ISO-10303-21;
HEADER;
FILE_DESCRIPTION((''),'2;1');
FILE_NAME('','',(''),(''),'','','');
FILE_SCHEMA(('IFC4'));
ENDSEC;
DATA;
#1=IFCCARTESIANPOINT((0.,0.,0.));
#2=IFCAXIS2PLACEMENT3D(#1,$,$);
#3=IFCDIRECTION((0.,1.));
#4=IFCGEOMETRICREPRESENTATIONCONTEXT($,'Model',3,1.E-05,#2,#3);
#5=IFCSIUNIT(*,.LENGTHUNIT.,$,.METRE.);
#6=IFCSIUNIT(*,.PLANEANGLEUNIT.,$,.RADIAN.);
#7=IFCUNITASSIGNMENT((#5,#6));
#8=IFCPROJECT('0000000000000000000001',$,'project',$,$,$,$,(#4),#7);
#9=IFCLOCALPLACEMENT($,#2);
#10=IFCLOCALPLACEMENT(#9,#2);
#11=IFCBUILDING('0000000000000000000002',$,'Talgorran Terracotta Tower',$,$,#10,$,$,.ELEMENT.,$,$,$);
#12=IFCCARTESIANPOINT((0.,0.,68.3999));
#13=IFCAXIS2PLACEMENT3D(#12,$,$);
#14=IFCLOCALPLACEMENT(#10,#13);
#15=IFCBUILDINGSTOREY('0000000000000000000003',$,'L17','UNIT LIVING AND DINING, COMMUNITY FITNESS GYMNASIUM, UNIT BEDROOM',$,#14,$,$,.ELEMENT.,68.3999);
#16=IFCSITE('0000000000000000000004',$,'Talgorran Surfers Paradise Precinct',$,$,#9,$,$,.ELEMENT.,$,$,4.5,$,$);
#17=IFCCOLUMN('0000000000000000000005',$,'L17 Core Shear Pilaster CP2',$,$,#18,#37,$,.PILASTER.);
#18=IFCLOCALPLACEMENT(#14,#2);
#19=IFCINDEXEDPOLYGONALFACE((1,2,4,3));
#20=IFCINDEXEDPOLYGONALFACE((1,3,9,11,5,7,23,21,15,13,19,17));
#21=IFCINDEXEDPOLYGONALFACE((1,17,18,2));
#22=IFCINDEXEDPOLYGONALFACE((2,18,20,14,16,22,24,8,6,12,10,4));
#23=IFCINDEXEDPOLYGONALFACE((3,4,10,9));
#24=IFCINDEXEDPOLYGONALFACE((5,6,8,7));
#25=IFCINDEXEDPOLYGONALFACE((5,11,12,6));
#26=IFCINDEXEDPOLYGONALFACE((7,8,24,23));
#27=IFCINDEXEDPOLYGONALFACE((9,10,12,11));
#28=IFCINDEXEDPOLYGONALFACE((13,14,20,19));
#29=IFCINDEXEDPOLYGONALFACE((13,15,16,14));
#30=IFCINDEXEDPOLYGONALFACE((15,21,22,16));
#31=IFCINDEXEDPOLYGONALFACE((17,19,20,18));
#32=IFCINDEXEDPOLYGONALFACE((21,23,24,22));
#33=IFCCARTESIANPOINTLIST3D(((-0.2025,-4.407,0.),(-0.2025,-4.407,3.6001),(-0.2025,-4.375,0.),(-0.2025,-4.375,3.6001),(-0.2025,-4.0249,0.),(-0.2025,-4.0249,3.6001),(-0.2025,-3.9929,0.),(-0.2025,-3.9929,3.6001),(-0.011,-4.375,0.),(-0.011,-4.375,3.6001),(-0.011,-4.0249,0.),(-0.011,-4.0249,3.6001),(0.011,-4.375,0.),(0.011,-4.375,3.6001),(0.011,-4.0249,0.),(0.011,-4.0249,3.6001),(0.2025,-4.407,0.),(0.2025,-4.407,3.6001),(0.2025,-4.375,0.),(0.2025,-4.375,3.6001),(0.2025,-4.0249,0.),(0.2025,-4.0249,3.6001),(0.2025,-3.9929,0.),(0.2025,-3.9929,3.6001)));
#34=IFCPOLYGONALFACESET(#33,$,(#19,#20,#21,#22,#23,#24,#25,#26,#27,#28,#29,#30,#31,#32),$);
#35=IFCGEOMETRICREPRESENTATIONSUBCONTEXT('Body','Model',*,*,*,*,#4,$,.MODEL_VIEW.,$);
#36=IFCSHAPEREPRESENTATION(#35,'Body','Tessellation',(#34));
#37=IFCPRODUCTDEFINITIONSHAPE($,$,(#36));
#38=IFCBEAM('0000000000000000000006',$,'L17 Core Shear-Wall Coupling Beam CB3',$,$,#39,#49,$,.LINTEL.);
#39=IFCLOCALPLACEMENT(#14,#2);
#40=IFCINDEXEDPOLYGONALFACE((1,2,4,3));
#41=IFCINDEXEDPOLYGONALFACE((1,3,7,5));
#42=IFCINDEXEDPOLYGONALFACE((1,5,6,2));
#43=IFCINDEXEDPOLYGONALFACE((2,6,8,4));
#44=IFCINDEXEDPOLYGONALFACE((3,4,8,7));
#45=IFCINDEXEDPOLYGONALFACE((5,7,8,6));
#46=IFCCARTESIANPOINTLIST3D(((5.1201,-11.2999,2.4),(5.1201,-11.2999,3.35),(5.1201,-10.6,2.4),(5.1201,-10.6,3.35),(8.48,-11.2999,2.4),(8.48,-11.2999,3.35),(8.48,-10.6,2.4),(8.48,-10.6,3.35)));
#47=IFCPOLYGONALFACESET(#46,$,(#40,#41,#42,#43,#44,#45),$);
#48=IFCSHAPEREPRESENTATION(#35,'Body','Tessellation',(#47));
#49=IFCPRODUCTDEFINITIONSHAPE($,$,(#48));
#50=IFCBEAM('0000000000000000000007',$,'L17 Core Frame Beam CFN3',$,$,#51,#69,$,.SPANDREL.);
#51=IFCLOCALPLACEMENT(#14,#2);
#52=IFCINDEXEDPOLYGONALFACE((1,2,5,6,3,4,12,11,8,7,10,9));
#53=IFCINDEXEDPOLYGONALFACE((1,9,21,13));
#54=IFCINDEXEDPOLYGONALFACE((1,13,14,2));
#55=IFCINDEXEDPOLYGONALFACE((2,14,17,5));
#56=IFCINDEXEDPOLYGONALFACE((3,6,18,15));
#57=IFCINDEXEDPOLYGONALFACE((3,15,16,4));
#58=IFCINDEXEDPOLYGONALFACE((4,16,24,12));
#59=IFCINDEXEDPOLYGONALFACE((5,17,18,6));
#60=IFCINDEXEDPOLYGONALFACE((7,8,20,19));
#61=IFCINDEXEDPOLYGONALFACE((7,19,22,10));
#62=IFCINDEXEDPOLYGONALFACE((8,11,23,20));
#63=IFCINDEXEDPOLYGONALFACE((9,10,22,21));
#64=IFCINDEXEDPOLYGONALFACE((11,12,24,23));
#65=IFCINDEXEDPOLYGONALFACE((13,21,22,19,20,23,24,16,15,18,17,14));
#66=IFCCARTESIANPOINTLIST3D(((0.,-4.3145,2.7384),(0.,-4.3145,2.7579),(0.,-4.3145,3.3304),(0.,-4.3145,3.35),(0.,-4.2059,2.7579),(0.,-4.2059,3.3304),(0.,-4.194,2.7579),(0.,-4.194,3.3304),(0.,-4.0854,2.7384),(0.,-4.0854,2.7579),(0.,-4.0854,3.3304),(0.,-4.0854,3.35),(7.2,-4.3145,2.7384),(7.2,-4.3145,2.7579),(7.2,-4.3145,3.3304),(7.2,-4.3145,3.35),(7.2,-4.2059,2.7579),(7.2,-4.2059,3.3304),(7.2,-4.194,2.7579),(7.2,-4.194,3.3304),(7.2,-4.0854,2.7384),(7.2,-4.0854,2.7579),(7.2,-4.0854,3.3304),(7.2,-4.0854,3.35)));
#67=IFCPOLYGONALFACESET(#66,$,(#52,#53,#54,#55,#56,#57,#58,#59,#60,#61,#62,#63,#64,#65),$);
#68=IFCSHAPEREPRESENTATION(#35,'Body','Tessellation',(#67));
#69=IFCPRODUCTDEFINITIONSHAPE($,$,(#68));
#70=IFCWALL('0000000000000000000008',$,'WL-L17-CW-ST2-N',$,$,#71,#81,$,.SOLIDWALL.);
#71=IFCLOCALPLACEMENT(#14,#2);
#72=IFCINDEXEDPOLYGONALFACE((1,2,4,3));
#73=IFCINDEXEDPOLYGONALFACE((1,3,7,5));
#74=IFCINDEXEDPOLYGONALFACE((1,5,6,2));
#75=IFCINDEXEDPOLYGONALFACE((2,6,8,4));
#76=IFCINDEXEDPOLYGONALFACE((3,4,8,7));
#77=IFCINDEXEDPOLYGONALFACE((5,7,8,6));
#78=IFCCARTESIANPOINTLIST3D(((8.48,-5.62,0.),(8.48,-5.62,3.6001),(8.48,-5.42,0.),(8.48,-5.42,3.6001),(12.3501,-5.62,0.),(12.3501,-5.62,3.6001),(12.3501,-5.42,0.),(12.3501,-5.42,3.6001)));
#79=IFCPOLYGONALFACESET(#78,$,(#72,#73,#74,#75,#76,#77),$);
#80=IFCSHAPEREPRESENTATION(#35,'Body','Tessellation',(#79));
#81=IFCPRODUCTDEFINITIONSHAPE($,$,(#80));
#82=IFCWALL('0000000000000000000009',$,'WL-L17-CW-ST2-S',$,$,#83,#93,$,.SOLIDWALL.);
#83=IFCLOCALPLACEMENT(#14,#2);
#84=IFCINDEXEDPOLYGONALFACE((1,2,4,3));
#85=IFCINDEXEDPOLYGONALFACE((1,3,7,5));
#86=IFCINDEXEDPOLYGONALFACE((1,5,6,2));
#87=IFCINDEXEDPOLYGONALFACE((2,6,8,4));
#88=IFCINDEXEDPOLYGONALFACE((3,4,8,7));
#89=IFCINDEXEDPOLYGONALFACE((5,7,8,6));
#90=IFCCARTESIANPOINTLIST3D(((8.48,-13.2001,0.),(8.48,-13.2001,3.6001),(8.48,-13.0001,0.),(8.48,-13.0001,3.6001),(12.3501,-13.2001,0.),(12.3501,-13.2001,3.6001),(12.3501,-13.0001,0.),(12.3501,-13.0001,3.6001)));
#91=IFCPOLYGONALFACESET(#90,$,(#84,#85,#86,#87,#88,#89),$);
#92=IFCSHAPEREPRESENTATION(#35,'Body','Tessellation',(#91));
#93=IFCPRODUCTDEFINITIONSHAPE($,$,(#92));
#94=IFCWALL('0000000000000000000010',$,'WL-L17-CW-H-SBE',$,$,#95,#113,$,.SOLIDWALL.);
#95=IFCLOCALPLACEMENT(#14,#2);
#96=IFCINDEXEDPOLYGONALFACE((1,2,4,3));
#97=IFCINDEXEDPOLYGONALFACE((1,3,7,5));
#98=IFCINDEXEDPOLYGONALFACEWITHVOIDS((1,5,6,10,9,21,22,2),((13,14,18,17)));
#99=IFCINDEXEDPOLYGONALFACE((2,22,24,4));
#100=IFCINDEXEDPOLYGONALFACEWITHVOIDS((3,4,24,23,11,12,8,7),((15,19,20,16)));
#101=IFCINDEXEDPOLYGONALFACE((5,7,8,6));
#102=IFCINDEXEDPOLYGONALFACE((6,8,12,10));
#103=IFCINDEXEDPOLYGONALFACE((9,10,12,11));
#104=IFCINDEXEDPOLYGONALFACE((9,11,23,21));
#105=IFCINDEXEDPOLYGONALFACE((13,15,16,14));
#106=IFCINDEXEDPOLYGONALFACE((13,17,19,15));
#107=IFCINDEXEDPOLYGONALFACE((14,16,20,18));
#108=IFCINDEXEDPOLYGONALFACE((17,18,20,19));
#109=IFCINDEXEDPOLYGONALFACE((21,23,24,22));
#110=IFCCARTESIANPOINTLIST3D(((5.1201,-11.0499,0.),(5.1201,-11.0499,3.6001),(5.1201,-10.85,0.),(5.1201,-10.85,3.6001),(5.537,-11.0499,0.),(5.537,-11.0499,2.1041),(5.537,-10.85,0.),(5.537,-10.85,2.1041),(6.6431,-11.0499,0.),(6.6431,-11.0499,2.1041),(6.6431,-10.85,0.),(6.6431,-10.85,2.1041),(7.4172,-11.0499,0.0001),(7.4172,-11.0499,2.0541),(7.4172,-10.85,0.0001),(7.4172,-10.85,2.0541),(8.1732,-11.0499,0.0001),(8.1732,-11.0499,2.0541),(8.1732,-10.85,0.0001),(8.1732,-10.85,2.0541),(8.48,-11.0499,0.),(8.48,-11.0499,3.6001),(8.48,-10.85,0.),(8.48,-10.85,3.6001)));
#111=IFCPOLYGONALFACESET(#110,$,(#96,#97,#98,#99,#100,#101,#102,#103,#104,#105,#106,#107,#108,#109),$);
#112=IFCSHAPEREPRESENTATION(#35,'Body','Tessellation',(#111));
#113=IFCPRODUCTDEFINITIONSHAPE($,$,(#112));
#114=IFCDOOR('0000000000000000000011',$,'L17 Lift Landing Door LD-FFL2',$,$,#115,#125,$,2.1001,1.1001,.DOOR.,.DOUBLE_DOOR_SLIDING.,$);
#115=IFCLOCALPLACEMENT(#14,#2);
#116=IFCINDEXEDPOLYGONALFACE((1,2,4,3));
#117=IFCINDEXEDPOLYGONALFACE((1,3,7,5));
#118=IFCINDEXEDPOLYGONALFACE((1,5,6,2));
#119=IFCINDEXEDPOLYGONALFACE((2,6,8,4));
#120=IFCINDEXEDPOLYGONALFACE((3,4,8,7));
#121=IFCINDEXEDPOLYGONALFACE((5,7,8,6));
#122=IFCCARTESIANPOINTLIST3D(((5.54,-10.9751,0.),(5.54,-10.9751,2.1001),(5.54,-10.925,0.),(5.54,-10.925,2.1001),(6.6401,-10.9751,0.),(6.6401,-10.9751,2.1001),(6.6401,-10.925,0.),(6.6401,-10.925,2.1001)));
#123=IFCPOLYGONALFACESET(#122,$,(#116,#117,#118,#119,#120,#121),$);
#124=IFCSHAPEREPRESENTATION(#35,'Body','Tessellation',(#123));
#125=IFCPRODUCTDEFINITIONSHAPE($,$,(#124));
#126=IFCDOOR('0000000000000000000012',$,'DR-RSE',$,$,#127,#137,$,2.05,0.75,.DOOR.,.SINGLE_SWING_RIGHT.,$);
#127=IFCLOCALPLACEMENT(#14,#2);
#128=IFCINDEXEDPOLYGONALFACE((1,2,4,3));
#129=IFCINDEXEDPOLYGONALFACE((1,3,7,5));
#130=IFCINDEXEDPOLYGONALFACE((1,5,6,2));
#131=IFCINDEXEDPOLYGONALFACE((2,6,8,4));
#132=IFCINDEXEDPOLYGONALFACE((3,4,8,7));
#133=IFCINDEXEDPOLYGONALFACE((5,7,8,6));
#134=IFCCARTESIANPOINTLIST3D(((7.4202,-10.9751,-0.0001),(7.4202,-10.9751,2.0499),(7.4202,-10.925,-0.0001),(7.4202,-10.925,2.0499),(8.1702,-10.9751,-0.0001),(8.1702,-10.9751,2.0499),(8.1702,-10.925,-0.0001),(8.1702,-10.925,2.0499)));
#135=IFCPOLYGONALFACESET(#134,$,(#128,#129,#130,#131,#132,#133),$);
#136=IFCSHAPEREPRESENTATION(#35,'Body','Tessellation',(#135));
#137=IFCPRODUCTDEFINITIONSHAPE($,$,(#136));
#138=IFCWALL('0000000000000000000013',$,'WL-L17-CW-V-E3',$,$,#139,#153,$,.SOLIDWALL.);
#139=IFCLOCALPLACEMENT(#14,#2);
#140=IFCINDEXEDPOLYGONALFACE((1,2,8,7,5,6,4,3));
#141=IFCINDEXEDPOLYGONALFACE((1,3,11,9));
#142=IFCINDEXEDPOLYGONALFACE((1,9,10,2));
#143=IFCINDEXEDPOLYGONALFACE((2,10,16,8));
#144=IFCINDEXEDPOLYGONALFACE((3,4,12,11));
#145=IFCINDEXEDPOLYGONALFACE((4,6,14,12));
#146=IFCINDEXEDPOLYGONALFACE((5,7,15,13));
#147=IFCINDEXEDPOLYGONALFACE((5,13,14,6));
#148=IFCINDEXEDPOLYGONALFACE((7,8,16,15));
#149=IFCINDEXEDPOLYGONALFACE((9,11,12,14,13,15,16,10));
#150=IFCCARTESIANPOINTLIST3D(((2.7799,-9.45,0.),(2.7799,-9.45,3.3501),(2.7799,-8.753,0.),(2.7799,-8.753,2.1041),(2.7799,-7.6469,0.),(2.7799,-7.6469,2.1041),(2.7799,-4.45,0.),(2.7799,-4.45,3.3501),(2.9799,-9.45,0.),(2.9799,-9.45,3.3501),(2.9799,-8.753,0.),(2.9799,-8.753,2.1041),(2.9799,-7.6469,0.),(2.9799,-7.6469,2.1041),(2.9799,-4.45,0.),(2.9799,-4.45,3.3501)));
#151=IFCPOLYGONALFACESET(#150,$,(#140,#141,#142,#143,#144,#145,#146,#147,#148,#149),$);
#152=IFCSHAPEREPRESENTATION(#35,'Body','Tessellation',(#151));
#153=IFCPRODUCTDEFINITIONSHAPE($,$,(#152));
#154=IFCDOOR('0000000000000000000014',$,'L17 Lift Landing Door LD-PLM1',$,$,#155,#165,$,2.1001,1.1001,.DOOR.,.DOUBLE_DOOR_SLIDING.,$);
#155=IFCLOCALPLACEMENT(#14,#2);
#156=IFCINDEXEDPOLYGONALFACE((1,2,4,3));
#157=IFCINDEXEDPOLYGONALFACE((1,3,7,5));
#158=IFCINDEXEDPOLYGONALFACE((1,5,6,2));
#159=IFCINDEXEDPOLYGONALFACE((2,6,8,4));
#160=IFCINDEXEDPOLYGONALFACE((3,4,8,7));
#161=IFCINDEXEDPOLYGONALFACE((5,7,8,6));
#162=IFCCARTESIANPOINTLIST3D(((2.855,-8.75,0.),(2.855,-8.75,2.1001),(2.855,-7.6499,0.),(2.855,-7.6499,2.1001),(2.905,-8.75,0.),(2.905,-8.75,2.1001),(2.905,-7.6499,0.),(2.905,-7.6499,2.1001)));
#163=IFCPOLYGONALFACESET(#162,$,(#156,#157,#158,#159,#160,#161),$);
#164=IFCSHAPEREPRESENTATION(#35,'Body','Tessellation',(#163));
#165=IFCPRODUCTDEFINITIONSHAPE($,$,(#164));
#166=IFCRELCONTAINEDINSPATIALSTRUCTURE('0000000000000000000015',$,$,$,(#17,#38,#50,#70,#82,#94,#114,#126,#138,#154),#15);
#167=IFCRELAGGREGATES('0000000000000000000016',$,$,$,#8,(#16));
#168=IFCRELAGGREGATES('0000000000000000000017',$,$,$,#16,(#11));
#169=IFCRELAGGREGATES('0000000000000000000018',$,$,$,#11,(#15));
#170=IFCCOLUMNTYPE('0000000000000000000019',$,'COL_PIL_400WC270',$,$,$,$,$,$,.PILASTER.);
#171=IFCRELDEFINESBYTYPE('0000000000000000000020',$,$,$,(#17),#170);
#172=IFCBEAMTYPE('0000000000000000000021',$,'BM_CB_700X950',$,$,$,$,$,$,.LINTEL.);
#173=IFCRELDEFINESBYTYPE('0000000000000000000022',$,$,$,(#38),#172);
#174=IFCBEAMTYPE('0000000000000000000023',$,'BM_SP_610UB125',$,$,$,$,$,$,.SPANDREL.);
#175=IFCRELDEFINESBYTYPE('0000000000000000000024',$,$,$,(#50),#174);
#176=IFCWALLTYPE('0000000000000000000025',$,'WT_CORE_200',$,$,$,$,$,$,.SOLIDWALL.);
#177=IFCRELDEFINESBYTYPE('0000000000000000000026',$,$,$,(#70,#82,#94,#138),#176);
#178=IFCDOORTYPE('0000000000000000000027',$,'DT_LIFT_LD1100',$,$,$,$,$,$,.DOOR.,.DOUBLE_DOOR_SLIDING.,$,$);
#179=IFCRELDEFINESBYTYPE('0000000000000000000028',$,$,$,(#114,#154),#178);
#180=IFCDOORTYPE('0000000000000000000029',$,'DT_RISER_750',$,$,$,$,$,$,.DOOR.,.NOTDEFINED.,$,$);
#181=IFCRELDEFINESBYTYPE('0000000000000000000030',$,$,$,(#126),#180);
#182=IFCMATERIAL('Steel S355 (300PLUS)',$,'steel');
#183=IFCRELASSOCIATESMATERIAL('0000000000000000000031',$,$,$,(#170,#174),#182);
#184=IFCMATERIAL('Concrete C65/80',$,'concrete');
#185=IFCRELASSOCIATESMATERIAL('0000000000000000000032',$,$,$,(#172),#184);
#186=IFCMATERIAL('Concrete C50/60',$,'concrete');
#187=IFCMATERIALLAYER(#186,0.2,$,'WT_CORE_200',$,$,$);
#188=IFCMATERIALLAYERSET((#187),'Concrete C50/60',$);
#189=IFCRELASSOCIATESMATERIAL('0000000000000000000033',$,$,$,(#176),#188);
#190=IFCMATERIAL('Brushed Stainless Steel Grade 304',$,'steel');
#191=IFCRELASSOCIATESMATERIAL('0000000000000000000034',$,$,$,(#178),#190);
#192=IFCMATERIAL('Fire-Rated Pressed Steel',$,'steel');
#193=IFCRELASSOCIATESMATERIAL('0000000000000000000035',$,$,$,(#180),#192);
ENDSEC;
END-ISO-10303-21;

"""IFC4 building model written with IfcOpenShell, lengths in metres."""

from ifc_helpers import new_model, si_unit, direction, frame, frame_2d, origin, origin_2d, place, context, subcontext, project, spatial, rectangle, i_section, extrude, material, layer, layer_set, material_profile, profile_set, type_object, element, fill, save


model = new_model("IFC4")

# Units and contexts
model_context = context("Model", 3, precision=1e-05, world=origin(), true_north=direction((0.0, 1.0)))
body_context = subcontext(model_context, "Body", "Model", "MODEL_VIEW")
ifc_project = project(units=[si_unit("LENGTHUNIT", "METRE"), si_unit("PLANEANGLEUNIT", "RADIAN")], contexts=[model_context])

# Site, building, storey
site_placement = place(None, origin())
site = spatial("IfcSite", under=ifc_project, at=site_placement, Name="Talgorran Surfers Paradise Precinct", CompositionType="ELEMENT", RefElevation=4.5)
building_placement = place(site_placement, origin())
building = spatial("IfcBuilding", under=site, at=building_placement, Name="Talgorran Terracotta Tower", CompositionType="ELEMENT")
storey_placement = place(building_placement, frame((0.0, 0.0, 68.3999)))
storey = spatial("IfcBuildingStorey", under=building, at=storey_placement, Name="L17", Description="UNIT LIVING AND DINING, COMMUNITY FITNESS GYMNASIUM, UNIT BEDROOM", CompositionType="ELEMENT", Elevation=68.3999)

# Column
ifc_material_1 = material(Name="Steel S355 (300PLUS)", Category="steel")
ifc_material_profile_1 = material_profile(ifc_material_1, i_section(OverallWidth=0.405, OverallDepth=0.4141, WebThickness=0.022, FlangeThickness=0.032, at=origin_2d()), Name="400WC270")
ifc_profile_set_1 = profile_set([ifc_material_profile_1], Name="Steel S355 (300PLUS)")
column_type = type_object("IfcColumnType", Name="COL_PIL_400WC270", PredefinedType="PILASTER", material=ifc_profile_set_1)
column_placement = place(storey_placement, frame((0.0, -4.2, 0.0), z_axis=(0.0, 0.0, 1.0), x_axis=(1.0, 0.0, 0.0)))
element("IfcColumn", 1, at=column_placement, inside=storey, type_object=column_type, Name="L17 Core Shear Pilaster CP2", PredefinedType="PILASTER", context=body_context, shape_type="SweptSolid", body=[
    extrude(i_section(OverallWidth=0.405, OverallDepth=0.4141, WebThickness=0.022, FlangeThickness=0.032, at=origin_2d()), origin(), (0.0, 0.0, 1.0), 3.6001),
])

# Beams
ifc_material_2 = material(Name="Concrete C65/80", Category="concrete")
ifc_material_profile_2 = material_profile(ifc_material_2, rectangle(XDim=0.7, YDim=0.95, at=origin_2d()), Name="RCCB700X950")
ifc_profile_set_2 = profile_set([ifc_material_profile_2], Name="Concrete C65/80")
beam_type_1 = type_object("IfcBeamType", Name="BM_CB_700X950", PredefinedType="LINTEL", material=ifc_profile_set_2)
beam_1_placement = place(storey_placement, frame((5.1201, -10.95, 2.875), z_axis=(1.0, 0.0, 0.0), x_axis=(0.0, 1.0, 0.0)))
element("IfcBeam", 2, at=beam_1_placement, inside=storey, type_object=beam_type_1, Name="L17 Core Shear-Wall Coupling Beam CB3", PredefinedType="LINTEL", context=body_context, shape_type="SweptSolid", body=[
    extrude(rectangle(XDim=0.7, YDim=0.95, at=origin_2d()), origin(), (0.0, 0.0, 1.0), 3.3599),
])
ifc_material_profile_3 = material_profile(ifc_material_1, i_section(OverallWidth=0.229, OverallDepth=0.6116, WebThickness=0.012, FlangeThickness=0.0195, at=origin_2d()), Name="610UB125")
ifc_profile_set_3 = profile_set([ifc_material_profile_3], Name="Steel S355 (300PLUS)")
beam_type_2 = type_object("IfcBeamType", Name="BM_SP_610UB125", PredefinedType="SPANDREL", material=ifc_profile_set_3)
beam_2_placement = place(storey_placement, frame((0.0, -4.2, 3.0442), z_axis=(1.0, 0.0, 0.0), x_axis=(0.0, 1.0, 0.0)))
element("IfcBeam", 3, at=beam_2_placement, inside=storey, type_object=beam_type_2, Name="L17 Core Frame Beam CFN3", PredefinedType="SPANDREL", context=body_context, shape_type="SweptSolid", body=[
    extrude(i_section(OverallWidth=0.229, OverallDepth=0.6116, WebThickness=0.012, FlangeThickness=0.0195, at=origin_2d()), origin(), (0.0, 0.0, 1.0), 7.2),
])

# Walls
ifc_material_3 = material(Name="Concrete C50/60", Category="concrete")
ifc_layer_1 = layer(ifc_material_3, 0.2, Name="WT_CORE_200")
ifc_layer_set_1 = layer_set([ifc_layer_1], Name="Concrete C50/60")
wall_type_1 = type_object("IfcWallType", Name="WT_CORE_200", PredefinedType="SOLIDWALL", material=ifc_layer_set_1)
for number, where, z_axis, x_axis, name in (
    (4, (8.48, -5.52, 0.0), (0.0, 0.0, 1.0), (1.0, 0.0, 0.0), "WL-L17-CW-ST2-N"),
    (5, (8.48, -13.1001, 0.0), (0.0, 0.0, 1.0), (1.0, 0.0, 0.0), "WL-L17-CW-ST2-S"),
):
    element("IfcWall", number, at=place(storey_placement, frame(where, z_axis=z_axis, x_axis=x_axis)), inside=storey, type_object=wall_type_1, Name=name, PredefinedType="SOLIDWALL", context=body_context, shape_type="SweptSolid", body=[
        extrude(rectangle(XDim=3.8701, YDim=0.2, at=frame_2d((1.9351, 0.0))), origin(), (0.0, 0.0, 1.0), 3.6001),
    ])

# Wall, openings, doors
wall_1_placement = place(storey_placement, frame((5.1201, -10.95, 0.0), z_axis=(0.0, 0.0, 1.0), x_axis=(1.0, 0.0, 0.0)))
wall_1 = element("IfcWall", 6, at=wall_1_placement, inside=storey, type_object=wall_type_1, Name="WL-L17-CW-H-SBE", PredefinedType="SOLIDWALL", context=body_context, shape_type="SweptSolid", body=[
    extrude(rectangle(XDim=3.3599, YDim=0.2, at=frame_2d((1.6799, 0.0))), origin(), (0.0, 0.0, 1.0), 3.6001),
])
opening_1_placement = place(wall_1_placement, frame((0.4199, 0.0, 0.0)))
opening_1 = element("IfcOpeningElement", 7, at=opening_1_placement, cuts=wall_1, PredefinedType="OPENING", context=body_context, shape_type="SweptSolid", body=[
    extrude(rectangle(XDim=1.1061, YDim=2.1041, at=frame_2d((0.55, 1.052))), frame((0.0, 0.1099, 0.0), z_axis=(0.0, -1.0, 0.0), x_axis=(1.0, 0.0, 0.0)), (0.0, 0.0, 1.0), 0.22),
])
opening_2_placement = place(wall_1_placement, frame((2.3, 0.0, 0.0)))
opening_2 = element("IfcOpeningElement", 8, at=opening_2_placement, cuts=wall_1, PredefinedType="OPENING", context=body_context, shape_type="SweptSolid", body=[
    extrude(rectangle(XDim=0.756, YDim=2.054, at=frame_2d((0.375, 1.0271))), frame((0.0, 0.1099, 0.0), z_axis=(0.0, -1.0, 0.0), x_axis=(1.0, 0.0, 0.0)), (0.0, 0.0, 1.0), 0.22),
])
ifc_material_4 = material(Name="Brushed Stainless Steel Grade 304", Category="steel")
door_type_1 = type_object("IfcDoorType", Name="DT_LIFT_LD1100", OperationType="DOUBLE_DOOR_SLIDING", PredefinedType="DOOR", material=ifc_material_4)
door_1_placement = place(opening_1_placement, origin())
door_1 = element("IfcDoor", 9, at=door_1_placement, inside=storey, type_object=door_type_1, Name="L17 Lift Landing Door LD-FFL2", OperationType="DOUBLE_DOOR_SLIDING", OverallHeight=2.1001, OverallWidth=1.1001, PredefinedType="DOOR", context=body_context, shape_type="SweptSolid", body=[
    extrude(rectangle(XDim=1.1001, YDim=2.1001, at=frame_2d((0.55, 1.05))), frame((0.0, 0.0249, 0.0), z_axis=(0.0, -1.0, 0.0), x_axis=(1.0, 0.0, 0.0)), (0.0, 0.0, 1.0), 0.05),
])
fill(opening_1, door_1)
ifc_material_5 = material(Name="Fire-Rated Pressed Steel", Category="steel")
door_type_2 = type_object("IfcDoorType", Name="DT_RISER_750", OperationType="NOTDEFINED", PredefinedType="DOOR", material=ifc_material_5)
door_2_placement = place(opening_2_placement, origin())
door_2 = element("IfcDoor", 10, at=door_2_placement, inside=storey, type_object=door_type_2, Name="DR-RSE", OperationType="SINGLE_SWING_RIGHT", OverallHeight=2.05, OverallWidth=0.75, PredefinedType="DOOR", context=body_context, shape_type="SweptSolid", body=[
    extrude(rectangle(XDim=0.75, YDim=2.05, at=frame_2d((0.375, 1.0249))), frame((0.0, 0.0249, 0.0), z_axis=(0.0, -1.0, 0.0), x_axis=(1.0, 0.0, 0.0)), (0.0, 0.0, 1.0), 0.05),
])
fill(opening_2, door_2)

# Wall, opening, door
wall_2_placement = place(storey_placement, frame((2.8799, -9.45, 0.0), z_axis=(0.0, 0.0, 1.0), x_axis=(0.0, 1.0, 0.0)))
wall_2 = element("IfcWall", 11, at=wall_2_placement, inside=storey, type_object=wall_type_1, Name="WL-L17-CW-V-E3", PredefinedType="SOLIDWALL", context=body_context, shape_type="SweptSolid", body=[
    extrude(rectangle(XDim=5.0, YDim=0.2, at=frame_2d((2.5, 0.0))), origin(), (0.0, 0.0, 1.0), 3.3501),
])
opening_3_placement = place(wall_2_placement, frame((0.7, 0.0, 0.0)))
opening_3 = element("IfcOpeningElement", 12, at=opening_3_placement, cuts=wall_2, PredefinedType="OPENING", context=body_context, shape_type="SweptSolid", body=[
    extrude(rectangle(XDim=1.1061, YDim=2.1041, at=frame_2d((0.55, 1.052))), frame((0.0, 0.1099, 0.0), z_axis=(0.0, -1.0, 0.0), x_axis=(1.0, 0.0, 0.0)), (0.0, 0.0, 1.0), 0.22),
])
door_3_placement = place(opening_3_placement, origin())
door_3 = element("IfcDoor", 13, at=door_3_placement, inside=storey, type_object=door_type_1, Name="L17 Lift Landing Door LD-PLM1", OperationType="DOUBLE_DOOR_SLIDING", OverallHeight=2.1001, OverallWidth=1.1001, PredefinedType="DOOR", context=body_context, shape_type="SweptSolid", body=[
    extrude(rectangle(XDim=1.1001, YDim=2.1001, at=frame_2d((0.55, 1.05))), frame((0.0, 0.0249, 0.0), z_axis=(0.0, -1.0, 0.0), x_axis=(1.0, 0.0, 0.0)), (0.0, 0.0, 1.0), 0.05),
])
fill(opening_3, door_3)

save(model, "model.ifc")
